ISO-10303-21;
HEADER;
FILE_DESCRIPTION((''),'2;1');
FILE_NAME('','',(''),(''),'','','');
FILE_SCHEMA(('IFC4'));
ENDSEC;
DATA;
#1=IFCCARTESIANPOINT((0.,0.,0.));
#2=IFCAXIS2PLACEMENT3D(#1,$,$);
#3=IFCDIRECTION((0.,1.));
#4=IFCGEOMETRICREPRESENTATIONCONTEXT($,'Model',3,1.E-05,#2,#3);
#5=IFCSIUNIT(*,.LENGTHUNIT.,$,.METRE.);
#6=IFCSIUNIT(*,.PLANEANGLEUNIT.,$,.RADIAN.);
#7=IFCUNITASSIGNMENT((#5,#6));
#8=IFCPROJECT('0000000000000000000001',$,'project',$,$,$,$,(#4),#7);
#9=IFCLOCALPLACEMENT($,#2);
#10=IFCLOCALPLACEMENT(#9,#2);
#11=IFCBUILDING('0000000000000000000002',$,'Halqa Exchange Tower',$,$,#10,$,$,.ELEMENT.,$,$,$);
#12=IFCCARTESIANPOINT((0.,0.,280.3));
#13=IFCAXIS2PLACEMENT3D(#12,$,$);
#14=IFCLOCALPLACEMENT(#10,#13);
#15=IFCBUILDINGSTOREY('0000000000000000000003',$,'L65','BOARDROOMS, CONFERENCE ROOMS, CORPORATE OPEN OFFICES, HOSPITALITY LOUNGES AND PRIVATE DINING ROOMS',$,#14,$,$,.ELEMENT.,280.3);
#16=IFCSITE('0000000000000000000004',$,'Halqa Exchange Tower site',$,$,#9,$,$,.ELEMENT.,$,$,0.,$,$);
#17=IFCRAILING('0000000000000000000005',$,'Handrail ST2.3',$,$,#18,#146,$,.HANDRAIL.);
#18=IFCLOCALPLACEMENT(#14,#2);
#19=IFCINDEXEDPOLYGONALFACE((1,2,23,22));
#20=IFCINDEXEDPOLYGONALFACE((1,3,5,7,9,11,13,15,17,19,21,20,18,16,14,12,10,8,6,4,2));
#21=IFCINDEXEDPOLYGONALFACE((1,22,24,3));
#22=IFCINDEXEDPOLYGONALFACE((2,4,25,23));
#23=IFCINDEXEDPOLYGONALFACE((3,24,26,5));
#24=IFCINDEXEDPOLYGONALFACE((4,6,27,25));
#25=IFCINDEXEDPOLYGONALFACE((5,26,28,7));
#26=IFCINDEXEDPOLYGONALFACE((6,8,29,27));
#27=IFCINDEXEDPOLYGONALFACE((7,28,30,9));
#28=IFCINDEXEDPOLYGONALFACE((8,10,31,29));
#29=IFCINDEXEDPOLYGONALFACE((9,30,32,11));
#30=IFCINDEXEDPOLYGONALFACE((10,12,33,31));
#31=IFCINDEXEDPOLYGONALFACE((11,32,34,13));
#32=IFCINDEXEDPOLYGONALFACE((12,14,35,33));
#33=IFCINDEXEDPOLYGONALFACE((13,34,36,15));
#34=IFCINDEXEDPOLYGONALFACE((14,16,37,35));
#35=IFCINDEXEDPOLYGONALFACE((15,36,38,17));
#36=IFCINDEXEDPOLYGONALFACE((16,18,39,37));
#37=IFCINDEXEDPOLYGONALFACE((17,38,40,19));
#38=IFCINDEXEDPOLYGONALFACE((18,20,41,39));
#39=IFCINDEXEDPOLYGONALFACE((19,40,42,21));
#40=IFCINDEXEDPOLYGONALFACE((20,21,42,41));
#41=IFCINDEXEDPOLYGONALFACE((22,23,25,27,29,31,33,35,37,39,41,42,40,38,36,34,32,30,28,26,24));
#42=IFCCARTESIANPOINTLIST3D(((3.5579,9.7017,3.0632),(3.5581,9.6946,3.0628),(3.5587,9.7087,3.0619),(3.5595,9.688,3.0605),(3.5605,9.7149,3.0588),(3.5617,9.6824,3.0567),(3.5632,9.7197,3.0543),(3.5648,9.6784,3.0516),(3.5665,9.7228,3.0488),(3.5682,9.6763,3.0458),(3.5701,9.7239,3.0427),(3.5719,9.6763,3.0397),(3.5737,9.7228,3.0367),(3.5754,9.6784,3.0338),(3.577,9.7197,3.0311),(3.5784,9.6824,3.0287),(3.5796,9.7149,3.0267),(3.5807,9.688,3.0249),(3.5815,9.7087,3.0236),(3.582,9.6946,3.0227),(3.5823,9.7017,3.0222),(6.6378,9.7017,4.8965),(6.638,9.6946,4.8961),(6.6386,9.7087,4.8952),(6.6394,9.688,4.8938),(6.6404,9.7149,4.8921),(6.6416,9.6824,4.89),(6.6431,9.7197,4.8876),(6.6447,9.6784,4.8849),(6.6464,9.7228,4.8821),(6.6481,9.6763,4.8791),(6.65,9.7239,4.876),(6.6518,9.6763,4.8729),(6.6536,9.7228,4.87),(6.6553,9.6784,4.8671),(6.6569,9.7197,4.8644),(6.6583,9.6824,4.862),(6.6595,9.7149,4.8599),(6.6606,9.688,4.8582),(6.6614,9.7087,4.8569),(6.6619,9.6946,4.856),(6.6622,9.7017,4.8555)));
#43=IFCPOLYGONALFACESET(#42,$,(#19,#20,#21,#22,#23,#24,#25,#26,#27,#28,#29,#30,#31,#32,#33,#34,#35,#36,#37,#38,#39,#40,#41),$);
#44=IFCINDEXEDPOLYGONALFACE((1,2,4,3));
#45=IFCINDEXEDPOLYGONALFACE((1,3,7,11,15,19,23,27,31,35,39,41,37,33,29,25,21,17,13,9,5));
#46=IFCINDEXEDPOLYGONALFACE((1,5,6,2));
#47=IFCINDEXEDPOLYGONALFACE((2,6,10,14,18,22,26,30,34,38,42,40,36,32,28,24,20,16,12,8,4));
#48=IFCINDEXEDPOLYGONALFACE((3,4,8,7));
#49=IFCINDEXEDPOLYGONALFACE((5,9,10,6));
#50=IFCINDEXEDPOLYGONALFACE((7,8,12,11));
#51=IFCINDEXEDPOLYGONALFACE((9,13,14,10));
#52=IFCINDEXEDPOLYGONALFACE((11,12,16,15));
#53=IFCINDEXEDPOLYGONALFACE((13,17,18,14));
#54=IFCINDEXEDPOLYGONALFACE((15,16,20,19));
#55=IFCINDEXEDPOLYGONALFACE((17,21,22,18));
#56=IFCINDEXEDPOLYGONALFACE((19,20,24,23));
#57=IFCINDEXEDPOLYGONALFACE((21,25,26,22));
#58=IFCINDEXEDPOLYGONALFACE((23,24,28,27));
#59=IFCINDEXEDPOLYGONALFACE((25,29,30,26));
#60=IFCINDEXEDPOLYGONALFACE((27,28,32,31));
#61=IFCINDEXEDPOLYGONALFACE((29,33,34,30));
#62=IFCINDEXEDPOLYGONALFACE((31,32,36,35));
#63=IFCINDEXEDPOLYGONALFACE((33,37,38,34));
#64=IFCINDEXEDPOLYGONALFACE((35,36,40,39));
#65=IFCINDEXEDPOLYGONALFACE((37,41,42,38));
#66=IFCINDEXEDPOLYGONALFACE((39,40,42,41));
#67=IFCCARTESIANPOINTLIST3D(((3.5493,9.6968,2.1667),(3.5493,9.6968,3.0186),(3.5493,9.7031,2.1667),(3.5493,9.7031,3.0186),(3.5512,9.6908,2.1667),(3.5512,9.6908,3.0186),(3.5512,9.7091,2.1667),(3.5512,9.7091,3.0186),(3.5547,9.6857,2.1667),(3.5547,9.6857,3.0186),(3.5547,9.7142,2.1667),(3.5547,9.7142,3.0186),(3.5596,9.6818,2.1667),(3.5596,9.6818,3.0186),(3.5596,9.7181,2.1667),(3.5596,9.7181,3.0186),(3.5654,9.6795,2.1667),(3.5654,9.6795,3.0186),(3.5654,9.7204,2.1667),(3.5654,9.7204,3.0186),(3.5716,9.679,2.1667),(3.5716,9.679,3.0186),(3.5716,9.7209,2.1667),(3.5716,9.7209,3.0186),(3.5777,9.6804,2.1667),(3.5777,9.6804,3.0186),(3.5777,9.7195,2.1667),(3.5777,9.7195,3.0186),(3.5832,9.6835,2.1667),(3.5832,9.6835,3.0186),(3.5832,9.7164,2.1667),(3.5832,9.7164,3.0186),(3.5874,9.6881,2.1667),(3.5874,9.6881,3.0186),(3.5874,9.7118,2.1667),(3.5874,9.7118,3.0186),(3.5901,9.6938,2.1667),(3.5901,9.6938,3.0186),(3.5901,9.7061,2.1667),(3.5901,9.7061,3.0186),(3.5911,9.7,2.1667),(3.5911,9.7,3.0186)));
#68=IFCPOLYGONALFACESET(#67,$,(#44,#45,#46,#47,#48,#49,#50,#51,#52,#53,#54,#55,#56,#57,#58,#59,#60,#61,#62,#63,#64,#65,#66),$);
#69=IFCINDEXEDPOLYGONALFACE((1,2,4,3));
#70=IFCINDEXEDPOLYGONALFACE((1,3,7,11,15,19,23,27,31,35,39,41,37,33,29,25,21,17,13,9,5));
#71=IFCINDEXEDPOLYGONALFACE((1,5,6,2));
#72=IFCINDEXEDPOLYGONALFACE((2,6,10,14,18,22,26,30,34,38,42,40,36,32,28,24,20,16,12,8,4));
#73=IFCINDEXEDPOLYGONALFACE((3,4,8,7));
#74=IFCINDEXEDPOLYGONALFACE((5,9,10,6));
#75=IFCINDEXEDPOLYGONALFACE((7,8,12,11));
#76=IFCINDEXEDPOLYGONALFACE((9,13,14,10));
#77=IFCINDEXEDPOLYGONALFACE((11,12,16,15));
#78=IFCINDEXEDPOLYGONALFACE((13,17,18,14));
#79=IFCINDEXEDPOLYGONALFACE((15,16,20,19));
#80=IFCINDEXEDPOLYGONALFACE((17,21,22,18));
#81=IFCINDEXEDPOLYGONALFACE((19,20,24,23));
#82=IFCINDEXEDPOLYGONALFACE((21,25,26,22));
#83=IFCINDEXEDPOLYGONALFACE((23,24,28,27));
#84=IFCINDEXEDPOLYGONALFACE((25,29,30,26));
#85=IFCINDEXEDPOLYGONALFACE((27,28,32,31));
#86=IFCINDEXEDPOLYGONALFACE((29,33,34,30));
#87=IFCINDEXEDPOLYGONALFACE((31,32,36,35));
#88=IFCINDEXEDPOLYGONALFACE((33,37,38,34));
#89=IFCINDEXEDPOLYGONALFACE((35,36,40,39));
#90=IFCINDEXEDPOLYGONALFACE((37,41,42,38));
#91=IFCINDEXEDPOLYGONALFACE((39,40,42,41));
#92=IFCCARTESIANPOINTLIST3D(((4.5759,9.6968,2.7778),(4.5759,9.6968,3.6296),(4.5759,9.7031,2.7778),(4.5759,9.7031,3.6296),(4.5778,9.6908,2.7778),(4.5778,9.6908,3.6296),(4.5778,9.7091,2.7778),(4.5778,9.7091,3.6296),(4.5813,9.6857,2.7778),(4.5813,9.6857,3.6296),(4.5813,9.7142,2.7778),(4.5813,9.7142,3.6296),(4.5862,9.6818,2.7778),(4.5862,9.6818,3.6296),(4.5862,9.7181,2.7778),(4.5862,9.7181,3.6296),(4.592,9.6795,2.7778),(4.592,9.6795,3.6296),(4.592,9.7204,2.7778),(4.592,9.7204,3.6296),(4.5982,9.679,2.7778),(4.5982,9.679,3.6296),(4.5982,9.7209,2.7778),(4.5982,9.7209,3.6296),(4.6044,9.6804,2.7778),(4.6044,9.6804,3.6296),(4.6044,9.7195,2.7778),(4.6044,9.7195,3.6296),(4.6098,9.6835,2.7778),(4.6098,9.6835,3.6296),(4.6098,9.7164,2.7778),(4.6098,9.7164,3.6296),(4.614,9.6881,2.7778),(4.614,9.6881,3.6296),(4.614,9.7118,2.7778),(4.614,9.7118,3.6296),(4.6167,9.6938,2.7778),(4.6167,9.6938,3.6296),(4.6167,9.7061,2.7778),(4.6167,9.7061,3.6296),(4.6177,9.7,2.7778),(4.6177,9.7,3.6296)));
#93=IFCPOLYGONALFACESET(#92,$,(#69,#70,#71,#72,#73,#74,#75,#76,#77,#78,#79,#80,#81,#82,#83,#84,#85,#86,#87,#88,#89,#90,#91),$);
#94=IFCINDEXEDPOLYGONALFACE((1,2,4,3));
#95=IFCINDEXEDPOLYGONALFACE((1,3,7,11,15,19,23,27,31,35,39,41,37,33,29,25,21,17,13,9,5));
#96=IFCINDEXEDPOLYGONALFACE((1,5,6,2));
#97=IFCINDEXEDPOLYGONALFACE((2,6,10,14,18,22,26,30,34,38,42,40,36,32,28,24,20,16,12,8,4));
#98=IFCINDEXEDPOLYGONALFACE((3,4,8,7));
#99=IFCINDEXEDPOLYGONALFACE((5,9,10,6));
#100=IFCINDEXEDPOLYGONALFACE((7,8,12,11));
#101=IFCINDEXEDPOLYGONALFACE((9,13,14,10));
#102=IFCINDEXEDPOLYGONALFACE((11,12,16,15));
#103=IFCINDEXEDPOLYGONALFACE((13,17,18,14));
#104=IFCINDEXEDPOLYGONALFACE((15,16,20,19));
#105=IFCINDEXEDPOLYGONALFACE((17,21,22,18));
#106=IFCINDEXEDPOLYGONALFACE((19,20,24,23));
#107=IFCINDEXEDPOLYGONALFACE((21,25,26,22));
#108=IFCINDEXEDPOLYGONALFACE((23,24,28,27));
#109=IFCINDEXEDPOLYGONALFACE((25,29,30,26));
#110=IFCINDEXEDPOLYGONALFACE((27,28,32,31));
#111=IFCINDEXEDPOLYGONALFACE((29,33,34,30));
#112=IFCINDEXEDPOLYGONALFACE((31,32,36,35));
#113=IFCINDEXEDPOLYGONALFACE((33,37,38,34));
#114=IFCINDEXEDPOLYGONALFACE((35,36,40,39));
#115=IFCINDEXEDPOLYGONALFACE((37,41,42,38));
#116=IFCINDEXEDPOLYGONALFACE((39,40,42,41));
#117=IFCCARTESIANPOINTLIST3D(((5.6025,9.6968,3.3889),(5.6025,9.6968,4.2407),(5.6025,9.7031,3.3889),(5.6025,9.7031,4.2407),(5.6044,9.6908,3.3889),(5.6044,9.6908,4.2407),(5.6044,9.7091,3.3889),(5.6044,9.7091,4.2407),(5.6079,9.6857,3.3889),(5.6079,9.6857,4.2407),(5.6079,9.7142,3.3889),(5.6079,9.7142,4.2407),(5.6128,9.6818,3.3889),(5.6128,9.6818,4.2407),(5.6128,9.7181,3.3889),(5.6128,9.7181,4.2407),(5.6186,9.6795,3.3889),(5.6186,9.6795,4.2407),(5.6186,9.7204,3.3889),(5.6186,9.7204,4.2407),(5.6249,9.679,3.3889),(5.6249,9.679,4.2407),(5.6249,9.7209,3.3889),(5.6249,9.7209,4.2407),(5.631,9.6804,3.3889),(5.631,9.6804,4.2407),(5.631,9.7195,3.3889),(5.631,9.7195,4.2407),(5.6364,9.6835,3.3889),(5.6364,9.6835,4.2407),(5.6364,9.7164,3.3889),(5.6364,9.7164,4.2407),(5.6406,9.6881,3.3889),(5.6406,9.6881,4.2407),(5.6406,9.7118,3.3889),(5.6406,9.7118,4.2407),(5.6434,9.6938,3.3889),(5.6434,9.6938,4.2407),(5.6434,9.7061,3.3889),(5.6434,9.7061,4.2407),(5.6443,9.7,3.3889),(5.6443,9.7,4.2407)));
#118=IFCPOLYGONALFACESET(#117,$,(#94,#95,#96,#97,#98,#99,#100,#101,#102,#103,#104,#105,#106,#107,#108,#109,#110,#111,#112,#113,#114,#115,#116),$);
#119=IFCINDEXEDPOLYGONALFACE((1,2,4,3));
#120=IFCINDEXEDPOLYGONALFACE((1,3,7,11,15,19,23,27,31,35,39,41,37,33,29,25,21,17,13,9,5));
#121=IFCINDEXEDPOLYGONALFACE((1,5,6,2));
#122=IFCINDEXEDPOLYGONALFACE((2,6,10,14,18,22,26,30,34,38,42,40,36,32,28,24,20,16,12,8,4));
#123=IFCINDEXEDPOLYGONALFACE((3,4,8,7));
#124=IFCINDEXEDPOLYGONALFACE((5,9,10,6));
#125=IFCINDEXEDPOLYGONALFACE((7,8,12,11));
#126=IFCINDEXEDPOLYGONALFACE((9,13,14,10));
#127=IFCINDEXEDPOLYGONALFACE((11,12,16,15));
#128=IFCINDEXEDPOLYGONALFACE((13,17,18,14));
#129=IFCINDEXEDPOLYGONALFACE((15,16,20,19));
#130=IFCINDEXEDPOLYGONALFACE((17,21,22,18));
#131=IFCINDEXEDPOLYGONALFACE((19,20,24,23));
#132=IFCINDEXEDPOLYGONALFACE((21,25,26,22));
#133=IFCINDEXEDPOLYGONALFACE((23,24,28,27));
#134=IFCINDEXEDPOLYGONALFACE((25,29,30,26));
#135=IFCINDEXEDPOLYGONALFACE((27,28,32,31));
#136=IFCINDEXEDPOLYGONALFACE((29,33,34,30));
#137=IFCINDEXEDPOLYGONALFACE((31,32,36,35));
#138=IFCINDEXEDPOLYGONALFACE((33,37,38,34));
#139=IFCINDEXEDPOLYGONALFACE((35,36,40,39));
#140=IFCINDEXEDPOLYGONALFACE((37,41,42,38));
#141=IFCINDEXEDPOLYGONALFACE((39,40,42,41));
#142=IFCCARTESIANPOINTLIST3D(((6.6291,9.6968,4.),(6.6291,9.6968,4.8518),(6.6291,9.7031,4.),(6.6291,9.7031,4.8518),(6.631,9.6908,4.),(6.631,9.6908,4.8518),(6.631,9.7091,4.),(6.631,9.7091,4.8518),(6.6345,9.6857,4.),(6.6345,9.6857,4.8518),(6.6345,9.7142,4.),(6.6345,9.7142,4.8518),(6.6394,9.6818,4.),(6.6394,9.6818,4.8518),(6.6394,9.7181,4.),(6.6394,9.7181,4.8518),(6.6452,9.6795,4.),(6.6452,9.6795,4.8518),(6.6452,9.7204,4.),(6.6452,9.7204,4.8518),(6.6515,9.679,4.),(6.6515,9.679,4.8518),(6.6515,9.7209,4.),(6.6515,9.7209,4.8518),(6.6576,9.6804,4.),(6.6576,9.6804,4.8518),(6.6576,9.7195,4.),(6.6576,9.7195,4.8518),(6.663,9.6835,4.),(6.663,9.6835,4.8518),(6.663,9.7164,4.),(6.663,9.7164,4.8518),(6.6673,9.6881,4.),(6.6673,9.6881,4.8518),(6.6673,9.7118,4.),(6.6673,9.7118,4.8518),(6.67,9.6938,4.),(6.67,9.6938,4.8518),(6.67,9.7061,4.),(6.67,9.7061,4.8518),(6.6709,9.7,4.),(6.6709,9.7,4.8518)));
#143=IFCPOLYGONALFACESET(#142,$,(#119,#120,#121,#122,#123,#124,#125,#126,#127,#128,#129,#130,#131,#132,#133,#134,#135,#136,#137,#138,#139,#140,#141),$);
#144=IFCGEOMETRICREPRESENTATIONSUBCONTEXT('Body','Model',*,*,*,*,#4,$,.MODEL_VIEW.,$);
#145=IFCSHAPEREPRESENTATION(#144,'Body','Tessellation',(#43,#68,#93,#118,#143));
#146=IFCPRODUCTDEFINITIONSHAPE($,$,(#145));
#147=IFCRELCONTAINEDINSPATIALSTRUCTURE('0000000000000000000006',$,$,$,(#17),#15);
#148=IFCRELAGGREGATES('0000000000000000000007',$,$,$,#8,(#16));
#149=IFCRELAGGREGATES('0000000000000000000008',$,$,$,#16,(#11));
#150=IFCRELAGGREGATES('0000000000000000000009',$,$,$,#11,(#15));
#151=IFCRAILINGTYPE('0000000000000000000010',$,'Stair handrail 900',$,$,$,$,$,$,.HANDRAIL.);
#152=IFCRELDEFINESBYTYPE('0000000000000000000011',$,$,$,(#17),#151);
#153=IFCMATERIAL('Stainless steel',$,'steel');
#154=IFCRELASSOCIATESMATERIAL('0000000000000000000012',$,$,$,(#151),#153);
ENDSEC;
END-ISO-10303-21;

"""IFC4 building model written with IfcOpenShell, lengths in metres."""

from ifc_helpers import new_model, si_unit, direction, frame, origin, origin_2d, place, context, subcontext, project, spatial, circle, extrude, material, type_object, element, save


model = new_model("IFC4")

# Units and contexts
model_context = context("Model", 3, precision=1e-05, world=origin(), true_north=direction((0.0, 1.0)))
body_context = subcontext(model_context, "Body", "Model", "MODEL_VIEW")
ifc_project = project(units=[si_unit("LENGTHUNIT", "METRE"), si_unit("PLANEANGLEUNIT", "RADIAN")], contexts=[model_context])

# Site, building, storey
site_placement = place(None, origin())
site = spatial("IfcSite", under=ifc_project, at=site_placement, Name="Halqa Exchange Tower site", CompositionType="ELEMENT", RefElevation=0.0)
building_placement = place(site_placement, origin())
building = spatial("IfcBuilding", under=site, at=building_placement, Name="Halqa Exchange Tower", CompositionType="ELEMENT")
storey_placement = place(building_placement, frame((0.0, 0.0, 280.3)))
storey = spatial("IfcBuildingStorey", under=building, at=storey_placement, Name="L65", Description="BOARDROOMS, CONFERENCE ROOMS, CORPORATE OPEN OFFICES, HOSPITALITY LOUNGES AND PRIVATE DINING ROOMS", CompositionType="ELEMENT", Elevation=280.3)

# Railing
ifc_material_1 = material(Name="Stainless steel", Category="steel")
railing_type_1 = type_object("IfcRailingType", Name="Stair handrail 900", PredefinedType="HANDRAIL", material=ifc_material_1)
railing_1_placement = place(storey_placement, frame((3.5701, 9.7, 2.1667)))
element("IfcRailing", 1, at=railing_1_placement, inside=storey, type_object=railing_type_1, Name="Handrail ST2.3", PredefinedType="HANDRAIL", context=body_context, shape_type="SweptSolid", body=[
    extrude(circle(Radius=0.0239, at=origin_2d()), frame((0.0, 0.0, 0.876), z_axis=(0.859291, 0.0, 0.511487), x_axis=(0.0, 1.0, 0.0)), (0.0, 0.0, 1.0), 3.5842),
    extrude(circle(Radius=0.021, at=origin_2d()), origin(), (0.0, 0.0, 1.0), 0.8518),
    extrude(circle(Radius=0.021, at=origin_2d()), frame((1.0266, 0.0, 0.6111)), (0.0, 0.0, 1.0), 0.8518),
    extrude(circle(Radius=0.021, at=origin_2d()), frame((2.0532, 0.0, 1.2222)), (0.0, 0.0, 1.0), 0.8518),
    extrude(circle(Radius=0.021, at=origin_2d()), frame((3.0798, 0.0, 1.8333)), (0.0, 0.0, 1.0), 0.8518),
])

save(model, "model.ifc")
